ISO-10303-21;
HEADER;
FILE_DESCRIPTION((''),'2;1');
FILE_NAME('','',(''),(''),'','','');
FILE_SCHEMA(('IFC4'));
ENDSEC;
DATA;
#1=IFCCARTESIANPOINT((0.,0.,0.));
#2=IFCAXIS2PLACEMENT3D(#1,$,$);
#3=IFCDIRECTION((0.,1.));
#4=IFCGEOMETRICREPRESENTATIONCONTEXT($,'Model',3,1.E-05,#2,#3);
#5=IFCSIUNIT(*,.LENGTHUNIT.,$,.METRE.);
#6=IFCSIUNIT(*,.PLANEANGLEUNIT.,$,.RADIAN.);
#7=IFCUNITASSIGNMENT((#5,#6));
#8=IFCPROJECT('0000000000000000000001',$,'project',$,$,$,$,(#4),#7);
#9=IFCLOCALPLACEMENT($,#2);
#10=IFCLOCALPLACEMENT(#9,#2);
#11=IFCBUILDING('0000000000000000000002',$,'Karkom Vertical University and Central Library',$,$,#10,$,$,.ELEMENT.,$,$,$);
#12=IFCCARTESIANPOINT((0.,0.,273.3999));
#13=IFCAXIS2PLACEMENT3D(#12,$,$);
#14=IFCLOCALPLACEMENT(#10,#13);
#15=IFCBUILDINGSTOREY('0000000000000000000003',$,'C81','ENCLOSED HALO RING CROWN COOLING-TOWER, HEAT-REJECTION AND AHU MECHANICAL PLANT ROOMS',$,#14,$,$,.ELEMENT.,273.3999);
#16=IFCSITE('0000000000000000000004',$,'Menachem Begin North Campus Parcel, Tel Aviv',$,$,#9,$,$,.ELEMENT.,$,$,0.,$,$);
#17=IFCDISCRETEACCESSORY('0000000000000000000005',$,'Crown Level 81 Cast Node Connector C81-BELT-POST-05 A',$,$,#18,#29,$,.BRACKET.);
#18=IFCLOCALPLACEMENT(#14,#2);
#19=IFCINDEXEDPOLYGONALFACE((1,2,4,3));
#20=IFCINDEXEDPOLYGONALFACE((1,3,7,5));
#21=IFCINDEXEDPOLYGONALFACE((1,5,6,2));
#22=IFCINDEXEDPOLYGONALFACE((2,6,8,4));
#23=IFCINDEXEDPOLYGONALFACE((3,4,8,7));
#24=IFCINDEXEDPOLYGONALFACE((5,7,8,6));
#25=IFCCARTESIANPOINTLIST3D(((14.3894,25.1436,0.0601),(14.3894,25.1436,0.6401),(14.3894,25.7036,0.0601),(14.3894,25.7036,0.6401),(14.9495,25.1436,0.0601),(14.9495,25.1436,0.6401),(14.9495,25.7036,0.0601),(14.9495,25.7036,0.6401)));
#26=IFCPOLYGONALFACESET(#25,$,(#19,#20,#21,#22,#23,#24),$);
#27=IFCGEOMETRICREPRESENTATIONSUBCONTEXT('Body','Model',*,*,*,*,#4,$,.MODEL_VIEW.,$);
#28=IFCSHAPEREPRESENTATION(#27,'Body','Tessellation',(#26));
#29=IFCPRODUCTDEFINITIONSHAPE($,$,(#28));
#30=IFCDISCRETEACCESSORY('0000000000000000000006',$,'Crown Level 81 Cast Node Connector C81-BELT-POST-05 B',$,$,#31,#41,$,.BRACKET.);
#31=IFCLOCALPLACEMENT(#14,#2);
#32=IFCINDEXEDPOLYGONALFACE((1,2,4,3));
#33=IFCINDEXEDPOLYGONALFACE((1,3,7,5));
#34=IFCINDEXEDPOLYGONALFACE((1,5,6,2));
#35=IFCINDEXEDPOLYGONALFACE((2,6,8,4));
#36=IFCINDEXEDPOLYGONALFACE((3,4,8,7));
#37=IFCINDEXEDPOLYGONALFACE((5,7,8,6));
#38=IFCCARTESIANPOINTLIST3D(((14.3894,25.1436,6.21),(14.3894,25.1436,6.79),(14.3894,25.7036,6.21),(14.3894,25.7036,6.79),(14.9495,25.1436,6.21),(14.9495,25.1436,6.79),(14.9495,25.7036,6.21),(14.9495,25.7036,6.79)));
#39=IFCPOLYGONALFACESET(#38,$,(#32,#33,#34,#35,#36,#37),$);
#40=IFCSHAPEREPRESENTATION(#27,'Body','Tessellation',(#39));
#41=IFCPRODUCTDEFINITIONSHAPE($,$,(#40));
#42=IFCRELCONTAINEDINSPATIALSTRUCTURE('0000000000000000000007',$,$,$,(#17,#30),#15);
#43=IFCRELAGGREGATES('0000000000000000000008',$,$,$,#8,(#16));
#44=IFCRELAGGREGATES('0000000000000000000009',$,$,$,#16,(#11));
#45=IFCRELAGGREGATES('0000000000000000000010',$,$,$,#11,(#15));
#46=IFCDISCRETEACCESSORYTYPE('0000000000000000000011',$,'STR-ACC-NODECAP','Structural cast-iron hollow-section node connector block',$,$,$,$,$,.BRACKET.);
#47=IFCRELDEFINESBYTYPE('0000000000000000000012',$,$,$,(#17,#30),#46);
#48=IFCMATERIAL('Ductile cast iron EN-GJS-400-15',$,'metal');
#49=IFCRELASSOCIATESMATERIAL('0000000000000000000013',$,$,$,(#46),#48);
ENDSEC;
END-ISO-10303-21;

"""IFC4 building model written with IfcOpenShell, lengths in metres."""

from ifc_helpers import new_model, si_unit, direction, frame, origin, origin_with_axes, origin_2d, place, context, subcontext, project, spatial, rectangle, extrude, source, transform, mapped, material, type_object, element, save


model = new_model("IFC4")

# Units and contexts
model_context = context("Model", 3, precision=1e-05, world=origin(), true_north=direction((0.0, 1.0)))
body_context = subcontext(model_context, "Body", "Model", "MODEL_VIEW")
ifc_project = project(units=[si_unit("LENGTHUNIT", "METRE"), si_unit("PLANEANGLEUNIT", "RADIAN")], contexts=[model_context])

# Site, building, storey
site_placement = place(None, origin())
site = spatial("IfcSite", under=ifc_project, at=site_placement, Name="Menachem Begin North Campus Parcel, Tel Aviv", CompositionType="ELEMENT", RefElevation=0.0)
building_placement = place(site_placement, origin())
building = spatial("IfcBuilding", under=site, at=building_placement, Name="Karkom Vertical University and Central Library", CompositionType="ELEMENT")
storey_placement = place(building_placement, frame((0.0, 0.0, 273.3999)))
storey = spatial("IfcBuildingStorey", under=building, at=storey_placement, Name="C81", Description="ENCLOSED HALO RING CROWN COOLING-TOWER, HEAT-REJECTION AND AHU MECHANICAL PLANT ROOMS", CompositionType="ELEMENT", Elevation=273.3999)

# Discrete accessories
ifc_material_1 = material(Name="Ductile cast iron EN-GJS-400-15", Category="metal")
discrete_accessory_type = type_object("IfcDiscreteAccessoryType", Name="STR-ACC-NODECAP", Description="Structural cast-iron hollow-section node connector block", PredefinedType="BRACKET", material=ifc_material_1)
shared_shape_1 = source(origin_with_axes(), body_context, "Body", "SweptSolid", [
    extrude(rectangle(XDim=0.5601, YDim=0.5601, at=origin_2d()), origin(), (0.0, 0.0, 1.0), 0.5801),
])
for number, where, z_axis, x_axis, name in (
    (1, (14.6694, 25.4236, 0.0601), (0.0, 0.0, 1.0), (1.0, 0.0, 0.0), "Crown Level 81 Cast Node Connector C81-BELT-POST-05 A"),
    (2, (14.6694, 25.4236, 6.21), (0.0, 0.0, 1.0), (1.0, 0.0, 0.0), "Crown Level 81 Cast Node Connector C81-BELT-POST-05 B"),
):
    element("IfcDiscreteAccessory", number, at=place(storey_placement, frame(where, z_axis=z_axis, x_axis=x_axis)), inside=storey, type_object=discrete_accessory_type, Name=name, PredefinedType="BRACKET", context=body_context, shape_type="MappedRepresentation", body=[
        mapped(shared_shape_1, transform((0.0, 0.0, 0.0), scale=1.0)),
    ])

save(model, "model.ifc")
